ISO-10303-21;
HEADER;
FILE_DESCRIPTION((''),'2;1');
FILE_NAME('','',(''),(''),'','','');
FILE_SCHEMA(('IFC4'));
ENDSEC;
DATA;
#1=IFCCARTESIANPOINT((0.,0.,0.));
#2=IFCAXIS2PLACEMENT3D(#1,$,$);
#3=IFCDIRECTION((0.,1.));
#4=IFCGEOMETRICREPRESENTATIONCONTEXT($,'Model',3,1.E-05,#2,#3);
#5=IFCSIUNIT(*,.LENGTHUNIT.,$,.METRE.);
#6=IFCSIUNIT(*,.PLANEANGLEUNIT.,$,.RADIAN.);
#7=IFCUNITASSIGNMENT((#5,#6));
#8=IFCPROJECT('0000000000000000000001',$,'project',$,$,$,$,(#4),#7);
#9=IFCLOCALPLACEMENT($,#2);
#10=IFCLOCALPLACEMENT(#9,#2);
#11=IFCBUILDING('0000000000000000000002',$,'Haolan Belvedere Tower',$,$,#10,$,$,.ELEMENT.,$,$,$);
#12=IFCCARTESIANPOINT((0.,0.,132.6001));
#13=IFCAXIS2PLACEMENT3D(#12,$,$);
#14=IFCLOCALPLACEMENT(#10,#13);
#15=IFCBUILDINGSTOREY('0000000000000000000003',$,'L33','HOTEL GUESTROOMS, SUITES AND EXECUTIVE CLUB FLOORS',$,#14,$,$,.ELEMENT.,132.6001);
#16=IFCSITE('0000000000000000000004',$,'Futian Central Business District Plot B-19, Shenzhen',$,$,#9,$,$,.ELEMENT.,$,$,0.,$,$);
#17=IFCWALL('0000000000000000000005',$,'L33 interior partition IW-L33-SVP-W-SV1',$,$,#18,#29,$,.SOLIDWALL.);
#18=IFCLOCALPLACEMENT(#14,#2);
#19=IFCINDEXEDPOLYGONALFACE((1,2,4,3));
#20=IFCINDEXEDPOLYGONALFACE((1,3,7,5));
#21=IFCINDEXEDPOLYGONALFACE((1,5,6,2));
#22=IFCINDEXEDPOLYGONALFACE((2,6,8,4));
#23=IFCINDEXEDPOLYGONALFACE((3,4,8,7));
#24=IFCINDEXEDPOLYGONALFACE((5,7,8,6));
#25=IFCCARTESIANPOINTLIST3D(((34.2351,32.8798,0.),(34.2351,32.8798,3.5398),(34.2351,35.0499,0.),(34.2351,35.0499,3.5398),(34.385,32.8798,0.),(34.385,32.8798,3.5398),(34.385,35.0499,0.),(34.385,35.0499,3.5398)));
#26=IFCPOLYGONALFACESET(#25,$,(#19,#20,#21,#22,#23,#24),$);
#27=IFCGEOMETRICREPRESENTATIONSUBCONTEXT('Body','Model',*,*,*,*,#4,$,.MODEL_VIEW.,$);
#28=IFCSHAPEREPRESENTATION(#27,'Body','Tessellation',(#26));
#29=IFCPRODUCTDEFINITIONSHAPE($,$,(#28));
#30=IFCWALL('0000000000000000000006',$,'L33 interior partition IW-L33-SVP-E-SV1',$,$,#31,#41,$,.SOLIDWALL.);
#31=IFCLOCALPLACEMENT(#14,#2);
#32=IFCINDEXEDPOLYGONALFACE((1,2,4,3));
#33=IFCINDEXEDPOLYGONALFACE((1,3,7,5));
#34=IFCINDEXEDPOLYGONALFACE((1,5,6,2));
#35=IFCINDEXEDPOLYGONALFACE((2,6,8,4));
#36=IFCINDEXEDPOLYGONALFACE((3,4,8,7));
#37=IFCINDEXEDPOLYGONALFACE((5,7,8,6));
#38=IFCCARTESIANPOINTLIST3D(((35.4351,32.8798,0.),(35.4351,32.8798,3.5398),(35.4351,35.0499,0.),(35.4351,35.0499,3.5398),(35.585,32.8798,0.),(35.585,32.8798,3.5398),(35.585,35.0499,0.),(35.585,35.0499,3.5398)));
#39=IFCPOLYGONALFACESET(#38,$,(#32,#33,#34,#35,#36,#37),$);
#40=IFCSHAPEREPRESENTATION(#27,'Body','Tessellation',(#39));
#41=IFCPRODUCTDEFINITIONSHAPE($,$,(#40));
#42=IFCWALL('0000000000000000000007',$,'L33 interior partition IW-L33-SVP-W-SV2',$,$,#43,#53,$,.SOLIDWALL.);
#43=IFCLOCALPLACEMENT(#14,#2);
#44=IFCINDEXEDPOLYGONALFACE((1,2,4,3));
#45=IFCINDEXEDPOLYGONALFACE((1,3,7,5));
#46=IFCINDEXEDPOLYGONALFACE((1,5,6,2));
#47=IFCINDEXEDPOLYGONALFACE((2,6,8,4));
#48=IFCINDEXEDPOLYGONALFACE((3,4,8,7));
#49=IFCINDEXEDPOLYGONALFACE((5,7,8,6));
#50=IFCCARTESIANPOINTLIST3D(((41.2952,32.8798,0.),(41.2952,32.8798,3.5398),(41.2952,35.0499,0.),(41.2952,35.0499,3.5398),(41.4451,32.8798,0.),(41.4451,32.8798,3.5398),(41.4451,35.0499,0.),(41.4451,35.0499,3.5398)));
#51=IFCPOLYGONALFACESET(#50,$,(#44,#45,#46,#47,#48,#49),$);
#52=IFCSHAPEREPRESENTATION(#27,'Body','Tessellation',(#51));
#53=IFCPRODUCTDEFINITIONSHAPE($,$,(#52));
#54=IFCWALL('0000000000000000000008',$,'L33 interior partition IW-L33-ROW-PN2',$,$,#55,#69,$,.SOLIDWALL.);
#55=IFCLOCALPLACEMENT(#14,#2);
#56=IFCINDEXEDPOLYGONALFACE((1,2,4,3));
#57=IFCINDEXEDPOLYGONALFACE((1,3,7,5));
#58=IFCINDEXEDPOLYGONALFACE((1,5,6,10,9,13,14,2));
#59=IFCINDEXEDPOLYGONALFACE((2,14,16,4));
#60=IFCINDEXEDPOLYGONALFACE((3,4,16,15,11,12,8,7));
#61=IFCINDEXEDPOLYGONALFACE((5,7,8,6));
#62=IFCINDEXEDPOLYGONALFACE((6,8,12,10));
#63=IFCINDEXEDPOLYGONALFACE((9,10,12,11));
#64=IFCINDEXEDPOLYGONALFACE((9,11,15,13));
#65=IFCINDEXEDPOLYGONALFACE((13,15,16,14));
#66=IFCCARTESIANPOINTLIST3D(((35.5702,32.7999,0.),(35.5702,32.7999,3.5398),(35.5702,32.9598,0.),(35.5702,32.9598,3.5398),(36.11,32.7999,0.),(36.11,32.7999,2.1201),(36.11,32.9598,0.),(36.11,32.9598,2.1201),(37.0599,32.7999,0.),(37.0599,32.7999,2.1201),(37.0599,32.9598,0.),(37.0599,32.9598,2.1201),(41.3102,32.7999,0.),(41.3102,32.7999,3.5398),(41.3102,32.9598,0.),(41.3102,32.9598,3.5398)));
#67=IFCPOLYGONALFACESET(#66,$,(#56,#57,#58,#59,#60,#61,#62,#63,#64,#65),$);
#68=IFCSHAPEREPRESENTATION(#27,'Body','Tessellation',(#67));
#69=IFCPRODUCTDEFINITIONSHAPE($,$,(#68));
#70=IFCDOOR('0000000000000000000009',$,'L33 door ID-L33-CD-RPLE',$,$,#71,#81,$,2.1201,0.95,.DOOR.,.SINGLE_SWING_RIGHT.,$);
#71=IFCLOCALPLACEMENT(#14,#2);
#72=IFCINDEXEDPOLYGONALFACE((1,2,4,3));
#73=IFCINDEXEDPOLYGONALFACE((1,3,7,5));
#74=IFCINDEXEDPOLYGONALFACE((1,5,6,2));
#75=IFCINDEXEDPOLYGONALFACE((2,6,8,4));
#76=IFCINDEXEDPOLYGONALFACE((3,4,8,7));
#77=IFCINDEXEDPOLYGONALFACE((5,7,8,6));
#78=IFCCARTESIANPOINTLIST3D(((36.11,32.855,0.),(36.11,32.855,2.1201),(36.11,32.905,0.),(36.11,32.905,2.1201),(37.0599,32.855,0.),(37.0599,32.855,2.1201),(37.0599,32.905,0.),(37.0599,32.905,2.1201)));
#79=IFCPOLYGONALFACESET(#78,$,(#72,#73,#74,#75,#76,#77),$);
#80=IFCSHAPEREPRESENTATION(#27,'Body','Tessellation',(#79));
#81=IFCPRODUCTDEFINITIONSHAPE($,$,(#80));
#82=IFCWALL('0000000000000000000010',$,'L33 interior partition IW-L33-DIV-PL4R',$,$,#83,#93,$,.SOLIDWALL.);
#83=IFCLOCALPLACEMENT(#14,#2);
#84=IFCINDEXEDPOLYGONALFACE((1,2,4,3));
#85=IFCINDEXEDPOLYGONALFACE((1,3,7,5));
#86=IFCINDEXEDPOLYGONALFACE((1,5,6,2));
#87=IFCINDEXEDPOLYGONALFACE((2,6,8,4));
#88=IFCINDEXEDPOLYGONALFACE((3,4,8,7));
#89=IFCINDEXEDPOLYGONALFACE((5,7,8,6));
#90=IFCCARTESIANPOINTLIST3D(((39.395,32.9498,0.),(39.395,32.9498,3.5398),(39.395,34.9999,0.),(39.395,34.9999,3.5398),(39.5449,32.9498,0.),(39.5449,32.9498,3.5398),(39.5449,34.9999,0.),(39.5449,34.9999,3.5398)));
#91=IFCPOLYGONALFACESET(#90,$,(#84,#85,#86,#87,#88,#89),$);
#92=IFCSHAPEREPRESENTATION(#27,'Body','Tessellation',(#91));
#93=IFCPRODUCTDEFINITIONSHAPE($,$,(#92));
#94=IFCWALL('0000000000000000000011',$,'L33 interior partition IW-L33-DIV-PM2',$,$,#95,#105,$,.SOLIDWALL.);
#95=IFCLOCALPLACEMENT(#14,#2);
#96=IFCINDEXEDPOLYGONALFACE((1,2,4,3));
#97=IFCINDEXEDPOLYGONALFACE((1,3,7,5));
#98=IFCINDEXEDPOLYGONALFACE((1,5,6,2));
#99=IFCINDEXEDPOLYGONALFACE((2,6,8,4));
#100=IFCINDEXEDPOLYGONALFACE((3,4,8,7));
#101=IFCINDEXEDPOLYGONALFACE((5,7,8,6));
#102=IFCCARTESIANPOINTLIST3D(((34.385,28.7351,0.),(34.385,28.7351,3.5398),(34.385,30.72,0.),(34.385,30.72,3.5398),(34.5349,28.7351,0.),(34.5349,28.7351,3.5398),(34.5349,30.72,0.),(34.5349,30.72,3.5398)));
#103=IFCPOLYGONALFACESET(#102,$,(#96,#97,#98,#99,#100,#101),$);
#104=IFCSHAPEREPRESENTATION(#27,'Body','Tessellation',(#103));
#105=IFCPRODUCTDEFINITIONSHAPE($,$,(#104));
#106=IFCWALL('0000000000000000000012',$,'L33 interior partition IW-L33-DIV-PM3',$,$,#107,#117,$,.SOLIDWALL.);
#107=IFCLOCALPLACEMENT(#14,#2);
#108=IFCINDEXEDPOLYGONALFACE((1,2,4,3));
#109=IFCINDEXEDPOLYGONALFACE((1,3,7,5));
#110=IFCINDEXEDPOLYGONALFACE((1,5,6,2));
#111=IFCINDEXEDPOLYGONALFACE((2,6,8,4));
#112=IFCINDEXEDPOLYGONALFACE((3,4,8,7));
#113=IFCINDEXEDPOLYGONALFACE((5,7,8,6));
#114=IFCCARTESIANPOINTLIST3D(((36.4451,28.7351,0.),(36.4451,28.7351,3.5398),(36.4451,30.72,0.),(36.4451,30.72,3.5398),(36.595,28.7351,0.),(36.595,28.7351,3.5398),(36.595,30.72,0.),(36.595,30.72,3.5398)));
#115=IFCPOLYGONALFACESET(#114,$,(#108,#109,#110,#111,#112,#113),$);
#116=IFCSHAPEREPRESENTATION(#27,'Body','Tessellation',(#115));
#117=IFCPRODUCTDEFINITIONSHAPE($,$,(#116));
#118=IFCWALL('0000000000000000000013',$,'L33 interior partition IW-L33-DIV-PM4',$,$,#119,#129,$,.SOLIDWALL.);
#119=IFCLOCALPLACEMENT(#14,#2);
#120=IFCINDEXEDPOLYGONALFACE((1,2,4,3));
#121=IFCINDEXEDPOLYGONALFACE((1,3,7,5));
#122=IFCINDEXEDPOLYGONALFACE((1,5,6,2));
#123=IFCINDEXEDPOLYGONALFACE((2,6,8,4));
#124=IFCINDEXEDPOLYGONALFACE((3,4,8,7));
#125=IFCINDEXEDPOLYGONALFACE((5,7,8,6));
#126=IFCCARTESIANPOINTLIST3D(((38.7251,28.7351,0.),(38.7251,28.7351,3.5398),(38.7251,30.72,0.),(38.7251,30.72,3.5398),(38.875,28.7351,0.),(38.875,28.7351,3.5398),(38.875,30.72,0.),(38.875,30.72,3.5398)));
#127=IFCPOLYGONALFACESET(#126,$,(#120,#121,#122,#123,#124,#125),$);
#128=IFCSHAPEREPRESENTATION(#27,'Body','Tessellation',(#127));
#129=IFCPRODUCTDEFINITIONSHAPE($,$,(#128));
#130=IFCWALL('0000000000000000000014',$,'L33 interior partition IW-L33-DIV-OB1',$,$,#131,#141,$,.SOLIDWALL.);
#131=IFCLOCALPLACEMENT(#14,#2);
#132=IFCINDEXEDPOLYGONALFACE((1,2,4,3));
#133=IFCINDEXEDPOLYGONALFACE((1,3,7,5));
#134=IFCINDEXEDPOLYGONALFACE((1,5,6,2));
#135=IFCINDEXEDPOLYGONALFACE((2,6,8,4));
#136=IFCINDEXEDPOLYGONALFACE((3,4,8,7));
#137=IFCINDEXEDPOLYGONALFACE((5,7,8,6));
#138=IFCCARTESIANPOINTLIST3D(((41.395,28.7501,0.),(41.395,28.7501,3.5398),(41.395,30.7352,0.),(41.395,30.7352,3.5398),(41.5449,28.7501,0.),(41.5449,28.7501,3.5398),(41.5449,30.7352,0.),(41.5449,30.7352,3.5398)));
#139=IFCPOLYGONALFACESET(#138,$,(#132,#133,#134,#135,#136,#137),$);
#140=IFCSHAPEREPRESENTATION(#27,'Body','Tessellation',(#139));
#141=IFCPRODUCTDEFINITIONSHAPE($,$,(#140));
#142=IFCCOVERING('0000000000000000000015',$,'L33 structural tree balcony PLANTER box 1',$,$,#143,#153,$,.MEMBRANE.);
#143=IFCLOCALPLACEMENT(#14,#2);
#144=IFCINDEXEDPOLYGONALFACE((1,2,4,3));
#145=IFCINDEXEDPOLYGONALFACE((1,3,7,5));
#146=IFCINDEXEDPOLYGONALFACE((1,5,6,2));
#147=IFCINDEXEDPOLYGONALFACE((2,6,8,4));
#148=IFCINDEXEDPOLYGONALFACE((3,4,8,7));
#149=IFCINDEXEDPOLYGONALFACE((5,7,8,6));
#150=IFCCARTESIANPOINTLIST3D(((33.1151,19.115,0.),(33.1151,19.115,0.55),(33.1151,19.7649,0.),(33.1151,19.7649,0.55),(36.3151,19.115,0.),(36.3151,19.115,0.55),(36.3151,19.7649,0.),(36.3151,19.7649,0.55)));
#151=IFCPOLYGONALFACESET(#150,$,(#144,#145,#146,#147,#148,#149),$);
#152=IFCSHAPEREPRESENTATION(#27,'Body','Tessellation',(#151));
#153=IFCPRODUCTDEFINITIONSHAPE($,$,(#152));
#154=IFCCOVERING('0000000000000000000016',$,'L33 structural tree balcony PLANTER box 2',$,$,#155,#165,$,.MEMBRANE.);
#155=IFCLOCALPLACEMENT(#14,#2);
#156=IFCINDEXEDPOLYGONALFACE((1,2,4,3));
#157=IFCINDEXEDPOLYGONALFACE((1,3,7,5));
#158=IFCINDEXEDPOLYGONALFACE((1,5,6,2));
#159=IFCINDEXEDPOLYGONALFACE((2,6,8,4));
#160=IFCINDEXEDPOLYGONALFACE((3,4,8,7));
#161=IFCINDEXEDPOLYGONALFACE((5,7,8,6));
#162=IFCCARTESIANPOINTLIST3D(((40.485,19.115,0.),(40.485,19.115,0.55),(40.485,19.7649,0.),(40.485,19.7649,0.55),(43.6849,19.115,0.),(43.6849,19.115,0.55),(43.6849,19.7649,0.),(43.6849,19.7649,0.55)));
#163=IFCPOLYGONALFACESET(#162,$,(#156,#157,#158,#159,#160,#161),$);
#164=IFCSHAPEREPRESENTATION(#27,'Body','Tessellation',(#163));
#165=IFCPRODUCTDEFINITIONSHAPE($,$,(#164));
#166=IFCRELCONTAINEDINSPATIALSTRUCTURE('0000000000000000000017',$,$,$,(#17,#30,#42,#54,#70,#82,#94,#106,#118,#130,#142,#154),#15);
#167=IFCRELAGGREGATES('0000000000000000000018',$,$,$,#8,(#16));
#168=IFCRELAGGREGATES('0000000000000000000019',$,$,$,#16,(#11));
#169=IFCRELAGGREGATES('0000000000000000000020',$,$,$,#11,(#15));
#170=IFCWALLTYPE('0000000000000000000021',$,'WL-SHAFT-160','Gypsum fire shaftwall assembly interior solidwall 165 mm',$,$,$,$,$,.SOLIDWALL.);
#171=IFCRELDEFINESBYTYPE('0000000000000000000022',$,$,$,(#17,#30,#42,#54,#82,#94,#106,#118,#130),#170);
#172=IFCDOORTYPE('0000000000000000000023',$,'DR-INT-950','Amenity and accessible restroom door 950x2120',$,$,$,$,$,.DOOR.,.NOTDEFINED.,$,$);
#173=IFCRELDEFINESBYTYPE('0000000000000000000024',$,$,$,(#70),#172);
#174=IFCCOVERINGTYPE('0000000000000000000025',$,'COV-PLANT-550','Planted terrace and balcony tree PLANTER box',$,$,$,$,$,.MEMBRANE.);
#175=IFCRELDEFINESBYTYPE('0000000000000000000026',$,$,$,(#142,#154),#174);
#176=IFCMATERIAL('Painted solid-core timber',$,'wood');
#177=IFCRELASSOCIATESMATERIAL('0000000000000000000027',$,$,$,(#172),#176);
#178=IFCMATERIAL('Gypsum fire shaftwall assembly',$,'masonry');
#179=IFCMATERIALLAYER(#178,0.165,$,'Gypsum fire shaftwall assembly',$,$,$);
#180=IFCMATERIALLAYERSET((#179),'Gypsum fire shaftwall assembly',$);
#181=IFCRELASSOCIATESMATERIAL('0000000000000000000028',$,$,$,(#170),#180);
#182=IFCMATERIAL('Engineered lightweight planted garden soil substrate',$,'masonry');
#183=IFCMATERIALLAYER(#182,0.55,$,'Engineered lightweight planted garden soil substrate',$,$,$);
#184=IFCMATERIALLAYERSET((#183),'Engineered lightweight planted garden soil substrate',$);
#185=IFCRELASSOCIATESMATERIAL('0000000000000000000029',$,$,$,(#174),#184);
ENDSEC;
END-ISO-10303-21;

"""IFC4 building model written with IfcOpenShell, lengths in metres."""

from ifc_helpers import new_model, si_unit, direction, frame, frame_2d, origin, origin_2d, place, context, subcontext, project, spatial, rectangle, extrude, material, layer, layer_set, type_object, element, fill, save


model = new_model("IFC4")

# Units and contexts
model_context = context("Model", 3, precision=1e-05, world=origin(), true_north=direction((0.0, 1.0)))
body_context = subcontext(model_context, "Body", "Model", "MODEL_VIEW")
ifc_project = project(units=[si_unit("LENGTHUNIT", "METRE"), si_unit("PLANEANGLEUNIT", "RADIAN")], contexts=[model_context])

# Site, building, storey
site_placement = place(None, origin())
site = spatial("IfcSite", under=ifc_project, at=site_placement, Name="Futian Central Business District Plot B-19, Shenzhen", CompositionType="ELEMENT", RefElevation=0.0)
building_placement = place(site_placement, origin())
building = spatial("IfcBuilding", under=site, at=building_placement, Name="Haolan Belvedere Tower", CompositionType="ELEMENT")
storey_placement = place(building_placement, frame((0.0, 0.0, 132.6001)))
storey = spatial("IfcBuildingStorey", under=building, at=storey_placement, Name="L33", Description="HOTEL GUESTROOMS, SUITES AND EXECUTIVE CLUB FLOORS", CompositionType="ELEMENT", Elevation=132.6001)

# Shared definitions
ifc_material_1 = material(Name="Painted solid-core timber", Category="wood")
door_type = type_object("IfcDoorType", Name="DR-INT-950", Description="Amenity and accessible restroom door 950x2120", OperationType="NOTDEFINED", PredefinedType="DOOR", material=ifc_material_1)

# Walls
ifc_material_2 = material(Name="Gypsum fire shaftwall assembly", Category="masonry")
ifc_layer_1 = layer(ifc_material_2, 0.165, Name="Gypsum fire shaftwall assembly")
ifc_layer_set_1 = layer_set([ifc_layer_1], Name="Gypsum fire shaftwall assembly")
wall_type_1 = type_object("IfcWallType", Name="WL-SHAFT-160", Description="Gypsum fire shaftwall assembly interior solidwall 165 mm", PredefinedType="SOLIDWALL", material=ifc_layer_set_1)
for number, where, z_axis, x_axis, name in (
    (1, (34.3101, 32.8799, 0.0), (0.0, 0.0, 1.0), (0.0, 1.0, 0.0), "L33 interior partition IW-L33-SVP-W-SV1"),
    (2, (35.51, 32.8799, 0.0), (0.0, 0.0, 1.0), (0.0, 1.0, 0.0), "L33 interior partition IW-L33-SVP-E-SV1"),
    (3, (41.3701, 32.8799, 0.0), (0.0, 0.0, 1.0), (0.0, 1.0, 0.0), "L33 interior partition IW-L33-SVP-W-SV2"),
):
    element("IfcWall", number, at=place(storey_placement, frame(where, z_axis=z_axis, x_axis=x_axis)), inside=storey, type_object=wall_type_1, Name=name, PredefinedType="SOLIDWALL", context=body_context, shape_type="SweptSolid", body=[
        extrude(rectangle(XDim=2.1702, YDim=0.1499, at=frame_2d((1.085, 0.0))), origin(), (0.0, 0.0, 1.0), 3.5398),
    ])

# Wall, opening, door
wall_1_placement = place(storey_placement, frame((35.5701, 32.8799, 0.0), z_axis=(0.0, 0.0, 1.0), x_axis=(1.0, 0.0, 0.0)))
wall_1 = element("IfcWall", 4, at=wall_1_placement, inside=storey, type_object=wall_type_1, Name="L33 interior partition IW-L33-ROW-PN2", PredefinedType="SOLIDWALL", context=body_context, shape_type="SweptSolid", body=[
    extrude(rectangle(XDim=5.74, YDim=0.1599, at=frame_2d((2.8701, 0.0))), origin(), (0.0, 0.0, 1.0), 3.5398),
])
opening_1_placement = place(wall_1_placement, frame((1.49, 0.0, 0.0), z_axis=(0.0, 0.0, 1.0), x_axis=(-1.0, 0.0, 0.0)))
opening_1 = element("IfcOpeningElement", 5, at=opening_1_placement, cuts=wall_1, PredefinedType="OPENING", context=body_context, shape_type="SweptSolid", body=[
    extrude(rectangle(XDim=0.95, YDim=2.1201, at=frame_2d((0.4751, 1.0601))), frame((0.0, 0.0898, 0.0), z_axis=(0.0, -1.0, 0.0), x_axis=(1.0, 0.0, 0.0)), (0.0, 0.0, 1.0), 0.1799),
])
door_1_placement = place(opening_1_placement, origin())
door_1 = element("IfcDoor", 6, at=door_1_placement, inside=storey, type_object=door_type, Name="L33 door ID-L33-CD-RPLE", OperationType="SINGLE_SWING_RIGHT", OverallHeight=2.1201, OverallWidth=0.95, PredefinedType="DOOR", context=body_context, shape_type="SweptSolid", body=[
    extrude(rectangle(XDim=0.95, YDim=2.1201, at=frame_2d((0.4751, 1.0601))), frame((0.0, 0.0249, 0.0), z_axis=(0.0, -1.0, 0.0), x_axis=(1.0, 0.0, 0.0)), (0.0, 0.0, 1.0), 0.05),
])
fill(opening_1, door_1)

# Walls
wall_2_placement = place(storey_placement, frame((39.47, 32.95, 0.0), z_axis=(0.0, 0.0, 1.0), x_axis=(0.0, 1.0, 0.0)))
element("IfcWall", 7, at=wall_2_placement, inside=storey, type_object=wall_type_1, Name="L33 interior partition IW-L33-DIV-PL4R", PredefinedType="SOLIDWALL", context=body_context, shape_type="SweptSolid", body=[
    extrude(rectangle(XDim=2.05, YDim=0.1499, at=frame_2d((1.0249, 0.0))), origin(), (0.0, 0.0, 1.0), 3.5398),
])
for number, where, z_axis, x_axis, name in (
    (8, (34.46, 28.7351, 0.0), (0.0, 0.0, 1.0), (0.0, 1.0, 0.0), "L33 interior partition IW-L33-DIV-PM2"),
    (9, (36.52, 28.7351, 0.0), (0.0, 0.0, 1.0), (0.0, 1.0, 0.0), "L33 interior partition IW-L33-DIV-PM3"),
    (10, (38.8, 28.7351, 0.0), (0.0, 0.0, 1.0), (0.0, 1.0, 0.0), "L33 interior partition IW-L33-DIV-PM4"),
):
    element("IfcWall", number, at=place(storey_placement, frame(where, z_axis=z_axis, x_axis=x_axis)), inside=storey, type_object=wall_type_1, Name=name, PredefinedType="SOLIDWALL", context=body_context, shape_type="SweptSolid", body=[
        extrude(rectangle(XDim=1.9849, YDim=0.1499, at=frame_2d((0.9924, 0.0))), origin(), (0.0, 0.0, 1.0), 3.5398),
    ])
wall_3_placement = place(storey_placement, frame((41.47, 28.75, 0.0), z_axis=(0.0, 0.0, 1.0), x_axis=(0.0, 1.0, 0.0)))
element("IfcWall", 11, at=wall_3_placement, inside=storey, type_object=wall_type_1, Name="L33 interior partition IW-L33-DIV-OB1", PredefinedType="SOLIDWALL", context=body_context, shape_type="SweptSolid", body=[
    extrude(rectangle(XDim=1.9851, YDim=0.1499, at=frame_2d((0.9927, 0.0))), origin(), (0.0, 0.0, 1.0), 3.5398),
])

# Coverings
ifc_material_3 = material(Name="Engineered lightweight planted garden soil substrate", Category="masonry")
ifc_layer_2 = layer(ifc_material_3, 0.55, Name="Engineered lightweight planted garden soil substrate")
ifc_layer_set_2 = layer_set([ifc_layer_2], Name="Engineered lightweight planted garden soil substrate")
covering_type = type_object("IfcCoveringType", Name="COV-PLANT-550", Description="Planted terrace and balcony tree PLANTER box", PredefinedType="MEMBRANE", material=ifc_layer_set_2)
for number, where, z_axis, x_axis, name in (
    (12, (34.7151, 19.4399, 0.0), (0.0, 0.0, 1.0), (1.0, 0.0, 0.0), "L33 structural tree balcony PLANTER box 1"),
    (13, (42.085, 19.4399, 0.0), (0.0, 0.0, 1.0), (1.0, 0.0, 0.0), "L33 structural tree balcony PLANTER box 2"),
):
    element("IfcCovering", number, at=place(storey_placement, frame(where, z_axis=z_axis, x_axis=x_axis)), inside=storey, type_object=covering_type, Name=name, PredefinedType="MEMBRANE", context=body_context, shape_type="SweptSolid", body=[
        extrude(rectangle(XDim=3.2, YDim=0.6499, at=origin_2d()), origin(), (0.0, 0.0, 1.0), 0.55),
    ])

save(model, "model.ifc")
